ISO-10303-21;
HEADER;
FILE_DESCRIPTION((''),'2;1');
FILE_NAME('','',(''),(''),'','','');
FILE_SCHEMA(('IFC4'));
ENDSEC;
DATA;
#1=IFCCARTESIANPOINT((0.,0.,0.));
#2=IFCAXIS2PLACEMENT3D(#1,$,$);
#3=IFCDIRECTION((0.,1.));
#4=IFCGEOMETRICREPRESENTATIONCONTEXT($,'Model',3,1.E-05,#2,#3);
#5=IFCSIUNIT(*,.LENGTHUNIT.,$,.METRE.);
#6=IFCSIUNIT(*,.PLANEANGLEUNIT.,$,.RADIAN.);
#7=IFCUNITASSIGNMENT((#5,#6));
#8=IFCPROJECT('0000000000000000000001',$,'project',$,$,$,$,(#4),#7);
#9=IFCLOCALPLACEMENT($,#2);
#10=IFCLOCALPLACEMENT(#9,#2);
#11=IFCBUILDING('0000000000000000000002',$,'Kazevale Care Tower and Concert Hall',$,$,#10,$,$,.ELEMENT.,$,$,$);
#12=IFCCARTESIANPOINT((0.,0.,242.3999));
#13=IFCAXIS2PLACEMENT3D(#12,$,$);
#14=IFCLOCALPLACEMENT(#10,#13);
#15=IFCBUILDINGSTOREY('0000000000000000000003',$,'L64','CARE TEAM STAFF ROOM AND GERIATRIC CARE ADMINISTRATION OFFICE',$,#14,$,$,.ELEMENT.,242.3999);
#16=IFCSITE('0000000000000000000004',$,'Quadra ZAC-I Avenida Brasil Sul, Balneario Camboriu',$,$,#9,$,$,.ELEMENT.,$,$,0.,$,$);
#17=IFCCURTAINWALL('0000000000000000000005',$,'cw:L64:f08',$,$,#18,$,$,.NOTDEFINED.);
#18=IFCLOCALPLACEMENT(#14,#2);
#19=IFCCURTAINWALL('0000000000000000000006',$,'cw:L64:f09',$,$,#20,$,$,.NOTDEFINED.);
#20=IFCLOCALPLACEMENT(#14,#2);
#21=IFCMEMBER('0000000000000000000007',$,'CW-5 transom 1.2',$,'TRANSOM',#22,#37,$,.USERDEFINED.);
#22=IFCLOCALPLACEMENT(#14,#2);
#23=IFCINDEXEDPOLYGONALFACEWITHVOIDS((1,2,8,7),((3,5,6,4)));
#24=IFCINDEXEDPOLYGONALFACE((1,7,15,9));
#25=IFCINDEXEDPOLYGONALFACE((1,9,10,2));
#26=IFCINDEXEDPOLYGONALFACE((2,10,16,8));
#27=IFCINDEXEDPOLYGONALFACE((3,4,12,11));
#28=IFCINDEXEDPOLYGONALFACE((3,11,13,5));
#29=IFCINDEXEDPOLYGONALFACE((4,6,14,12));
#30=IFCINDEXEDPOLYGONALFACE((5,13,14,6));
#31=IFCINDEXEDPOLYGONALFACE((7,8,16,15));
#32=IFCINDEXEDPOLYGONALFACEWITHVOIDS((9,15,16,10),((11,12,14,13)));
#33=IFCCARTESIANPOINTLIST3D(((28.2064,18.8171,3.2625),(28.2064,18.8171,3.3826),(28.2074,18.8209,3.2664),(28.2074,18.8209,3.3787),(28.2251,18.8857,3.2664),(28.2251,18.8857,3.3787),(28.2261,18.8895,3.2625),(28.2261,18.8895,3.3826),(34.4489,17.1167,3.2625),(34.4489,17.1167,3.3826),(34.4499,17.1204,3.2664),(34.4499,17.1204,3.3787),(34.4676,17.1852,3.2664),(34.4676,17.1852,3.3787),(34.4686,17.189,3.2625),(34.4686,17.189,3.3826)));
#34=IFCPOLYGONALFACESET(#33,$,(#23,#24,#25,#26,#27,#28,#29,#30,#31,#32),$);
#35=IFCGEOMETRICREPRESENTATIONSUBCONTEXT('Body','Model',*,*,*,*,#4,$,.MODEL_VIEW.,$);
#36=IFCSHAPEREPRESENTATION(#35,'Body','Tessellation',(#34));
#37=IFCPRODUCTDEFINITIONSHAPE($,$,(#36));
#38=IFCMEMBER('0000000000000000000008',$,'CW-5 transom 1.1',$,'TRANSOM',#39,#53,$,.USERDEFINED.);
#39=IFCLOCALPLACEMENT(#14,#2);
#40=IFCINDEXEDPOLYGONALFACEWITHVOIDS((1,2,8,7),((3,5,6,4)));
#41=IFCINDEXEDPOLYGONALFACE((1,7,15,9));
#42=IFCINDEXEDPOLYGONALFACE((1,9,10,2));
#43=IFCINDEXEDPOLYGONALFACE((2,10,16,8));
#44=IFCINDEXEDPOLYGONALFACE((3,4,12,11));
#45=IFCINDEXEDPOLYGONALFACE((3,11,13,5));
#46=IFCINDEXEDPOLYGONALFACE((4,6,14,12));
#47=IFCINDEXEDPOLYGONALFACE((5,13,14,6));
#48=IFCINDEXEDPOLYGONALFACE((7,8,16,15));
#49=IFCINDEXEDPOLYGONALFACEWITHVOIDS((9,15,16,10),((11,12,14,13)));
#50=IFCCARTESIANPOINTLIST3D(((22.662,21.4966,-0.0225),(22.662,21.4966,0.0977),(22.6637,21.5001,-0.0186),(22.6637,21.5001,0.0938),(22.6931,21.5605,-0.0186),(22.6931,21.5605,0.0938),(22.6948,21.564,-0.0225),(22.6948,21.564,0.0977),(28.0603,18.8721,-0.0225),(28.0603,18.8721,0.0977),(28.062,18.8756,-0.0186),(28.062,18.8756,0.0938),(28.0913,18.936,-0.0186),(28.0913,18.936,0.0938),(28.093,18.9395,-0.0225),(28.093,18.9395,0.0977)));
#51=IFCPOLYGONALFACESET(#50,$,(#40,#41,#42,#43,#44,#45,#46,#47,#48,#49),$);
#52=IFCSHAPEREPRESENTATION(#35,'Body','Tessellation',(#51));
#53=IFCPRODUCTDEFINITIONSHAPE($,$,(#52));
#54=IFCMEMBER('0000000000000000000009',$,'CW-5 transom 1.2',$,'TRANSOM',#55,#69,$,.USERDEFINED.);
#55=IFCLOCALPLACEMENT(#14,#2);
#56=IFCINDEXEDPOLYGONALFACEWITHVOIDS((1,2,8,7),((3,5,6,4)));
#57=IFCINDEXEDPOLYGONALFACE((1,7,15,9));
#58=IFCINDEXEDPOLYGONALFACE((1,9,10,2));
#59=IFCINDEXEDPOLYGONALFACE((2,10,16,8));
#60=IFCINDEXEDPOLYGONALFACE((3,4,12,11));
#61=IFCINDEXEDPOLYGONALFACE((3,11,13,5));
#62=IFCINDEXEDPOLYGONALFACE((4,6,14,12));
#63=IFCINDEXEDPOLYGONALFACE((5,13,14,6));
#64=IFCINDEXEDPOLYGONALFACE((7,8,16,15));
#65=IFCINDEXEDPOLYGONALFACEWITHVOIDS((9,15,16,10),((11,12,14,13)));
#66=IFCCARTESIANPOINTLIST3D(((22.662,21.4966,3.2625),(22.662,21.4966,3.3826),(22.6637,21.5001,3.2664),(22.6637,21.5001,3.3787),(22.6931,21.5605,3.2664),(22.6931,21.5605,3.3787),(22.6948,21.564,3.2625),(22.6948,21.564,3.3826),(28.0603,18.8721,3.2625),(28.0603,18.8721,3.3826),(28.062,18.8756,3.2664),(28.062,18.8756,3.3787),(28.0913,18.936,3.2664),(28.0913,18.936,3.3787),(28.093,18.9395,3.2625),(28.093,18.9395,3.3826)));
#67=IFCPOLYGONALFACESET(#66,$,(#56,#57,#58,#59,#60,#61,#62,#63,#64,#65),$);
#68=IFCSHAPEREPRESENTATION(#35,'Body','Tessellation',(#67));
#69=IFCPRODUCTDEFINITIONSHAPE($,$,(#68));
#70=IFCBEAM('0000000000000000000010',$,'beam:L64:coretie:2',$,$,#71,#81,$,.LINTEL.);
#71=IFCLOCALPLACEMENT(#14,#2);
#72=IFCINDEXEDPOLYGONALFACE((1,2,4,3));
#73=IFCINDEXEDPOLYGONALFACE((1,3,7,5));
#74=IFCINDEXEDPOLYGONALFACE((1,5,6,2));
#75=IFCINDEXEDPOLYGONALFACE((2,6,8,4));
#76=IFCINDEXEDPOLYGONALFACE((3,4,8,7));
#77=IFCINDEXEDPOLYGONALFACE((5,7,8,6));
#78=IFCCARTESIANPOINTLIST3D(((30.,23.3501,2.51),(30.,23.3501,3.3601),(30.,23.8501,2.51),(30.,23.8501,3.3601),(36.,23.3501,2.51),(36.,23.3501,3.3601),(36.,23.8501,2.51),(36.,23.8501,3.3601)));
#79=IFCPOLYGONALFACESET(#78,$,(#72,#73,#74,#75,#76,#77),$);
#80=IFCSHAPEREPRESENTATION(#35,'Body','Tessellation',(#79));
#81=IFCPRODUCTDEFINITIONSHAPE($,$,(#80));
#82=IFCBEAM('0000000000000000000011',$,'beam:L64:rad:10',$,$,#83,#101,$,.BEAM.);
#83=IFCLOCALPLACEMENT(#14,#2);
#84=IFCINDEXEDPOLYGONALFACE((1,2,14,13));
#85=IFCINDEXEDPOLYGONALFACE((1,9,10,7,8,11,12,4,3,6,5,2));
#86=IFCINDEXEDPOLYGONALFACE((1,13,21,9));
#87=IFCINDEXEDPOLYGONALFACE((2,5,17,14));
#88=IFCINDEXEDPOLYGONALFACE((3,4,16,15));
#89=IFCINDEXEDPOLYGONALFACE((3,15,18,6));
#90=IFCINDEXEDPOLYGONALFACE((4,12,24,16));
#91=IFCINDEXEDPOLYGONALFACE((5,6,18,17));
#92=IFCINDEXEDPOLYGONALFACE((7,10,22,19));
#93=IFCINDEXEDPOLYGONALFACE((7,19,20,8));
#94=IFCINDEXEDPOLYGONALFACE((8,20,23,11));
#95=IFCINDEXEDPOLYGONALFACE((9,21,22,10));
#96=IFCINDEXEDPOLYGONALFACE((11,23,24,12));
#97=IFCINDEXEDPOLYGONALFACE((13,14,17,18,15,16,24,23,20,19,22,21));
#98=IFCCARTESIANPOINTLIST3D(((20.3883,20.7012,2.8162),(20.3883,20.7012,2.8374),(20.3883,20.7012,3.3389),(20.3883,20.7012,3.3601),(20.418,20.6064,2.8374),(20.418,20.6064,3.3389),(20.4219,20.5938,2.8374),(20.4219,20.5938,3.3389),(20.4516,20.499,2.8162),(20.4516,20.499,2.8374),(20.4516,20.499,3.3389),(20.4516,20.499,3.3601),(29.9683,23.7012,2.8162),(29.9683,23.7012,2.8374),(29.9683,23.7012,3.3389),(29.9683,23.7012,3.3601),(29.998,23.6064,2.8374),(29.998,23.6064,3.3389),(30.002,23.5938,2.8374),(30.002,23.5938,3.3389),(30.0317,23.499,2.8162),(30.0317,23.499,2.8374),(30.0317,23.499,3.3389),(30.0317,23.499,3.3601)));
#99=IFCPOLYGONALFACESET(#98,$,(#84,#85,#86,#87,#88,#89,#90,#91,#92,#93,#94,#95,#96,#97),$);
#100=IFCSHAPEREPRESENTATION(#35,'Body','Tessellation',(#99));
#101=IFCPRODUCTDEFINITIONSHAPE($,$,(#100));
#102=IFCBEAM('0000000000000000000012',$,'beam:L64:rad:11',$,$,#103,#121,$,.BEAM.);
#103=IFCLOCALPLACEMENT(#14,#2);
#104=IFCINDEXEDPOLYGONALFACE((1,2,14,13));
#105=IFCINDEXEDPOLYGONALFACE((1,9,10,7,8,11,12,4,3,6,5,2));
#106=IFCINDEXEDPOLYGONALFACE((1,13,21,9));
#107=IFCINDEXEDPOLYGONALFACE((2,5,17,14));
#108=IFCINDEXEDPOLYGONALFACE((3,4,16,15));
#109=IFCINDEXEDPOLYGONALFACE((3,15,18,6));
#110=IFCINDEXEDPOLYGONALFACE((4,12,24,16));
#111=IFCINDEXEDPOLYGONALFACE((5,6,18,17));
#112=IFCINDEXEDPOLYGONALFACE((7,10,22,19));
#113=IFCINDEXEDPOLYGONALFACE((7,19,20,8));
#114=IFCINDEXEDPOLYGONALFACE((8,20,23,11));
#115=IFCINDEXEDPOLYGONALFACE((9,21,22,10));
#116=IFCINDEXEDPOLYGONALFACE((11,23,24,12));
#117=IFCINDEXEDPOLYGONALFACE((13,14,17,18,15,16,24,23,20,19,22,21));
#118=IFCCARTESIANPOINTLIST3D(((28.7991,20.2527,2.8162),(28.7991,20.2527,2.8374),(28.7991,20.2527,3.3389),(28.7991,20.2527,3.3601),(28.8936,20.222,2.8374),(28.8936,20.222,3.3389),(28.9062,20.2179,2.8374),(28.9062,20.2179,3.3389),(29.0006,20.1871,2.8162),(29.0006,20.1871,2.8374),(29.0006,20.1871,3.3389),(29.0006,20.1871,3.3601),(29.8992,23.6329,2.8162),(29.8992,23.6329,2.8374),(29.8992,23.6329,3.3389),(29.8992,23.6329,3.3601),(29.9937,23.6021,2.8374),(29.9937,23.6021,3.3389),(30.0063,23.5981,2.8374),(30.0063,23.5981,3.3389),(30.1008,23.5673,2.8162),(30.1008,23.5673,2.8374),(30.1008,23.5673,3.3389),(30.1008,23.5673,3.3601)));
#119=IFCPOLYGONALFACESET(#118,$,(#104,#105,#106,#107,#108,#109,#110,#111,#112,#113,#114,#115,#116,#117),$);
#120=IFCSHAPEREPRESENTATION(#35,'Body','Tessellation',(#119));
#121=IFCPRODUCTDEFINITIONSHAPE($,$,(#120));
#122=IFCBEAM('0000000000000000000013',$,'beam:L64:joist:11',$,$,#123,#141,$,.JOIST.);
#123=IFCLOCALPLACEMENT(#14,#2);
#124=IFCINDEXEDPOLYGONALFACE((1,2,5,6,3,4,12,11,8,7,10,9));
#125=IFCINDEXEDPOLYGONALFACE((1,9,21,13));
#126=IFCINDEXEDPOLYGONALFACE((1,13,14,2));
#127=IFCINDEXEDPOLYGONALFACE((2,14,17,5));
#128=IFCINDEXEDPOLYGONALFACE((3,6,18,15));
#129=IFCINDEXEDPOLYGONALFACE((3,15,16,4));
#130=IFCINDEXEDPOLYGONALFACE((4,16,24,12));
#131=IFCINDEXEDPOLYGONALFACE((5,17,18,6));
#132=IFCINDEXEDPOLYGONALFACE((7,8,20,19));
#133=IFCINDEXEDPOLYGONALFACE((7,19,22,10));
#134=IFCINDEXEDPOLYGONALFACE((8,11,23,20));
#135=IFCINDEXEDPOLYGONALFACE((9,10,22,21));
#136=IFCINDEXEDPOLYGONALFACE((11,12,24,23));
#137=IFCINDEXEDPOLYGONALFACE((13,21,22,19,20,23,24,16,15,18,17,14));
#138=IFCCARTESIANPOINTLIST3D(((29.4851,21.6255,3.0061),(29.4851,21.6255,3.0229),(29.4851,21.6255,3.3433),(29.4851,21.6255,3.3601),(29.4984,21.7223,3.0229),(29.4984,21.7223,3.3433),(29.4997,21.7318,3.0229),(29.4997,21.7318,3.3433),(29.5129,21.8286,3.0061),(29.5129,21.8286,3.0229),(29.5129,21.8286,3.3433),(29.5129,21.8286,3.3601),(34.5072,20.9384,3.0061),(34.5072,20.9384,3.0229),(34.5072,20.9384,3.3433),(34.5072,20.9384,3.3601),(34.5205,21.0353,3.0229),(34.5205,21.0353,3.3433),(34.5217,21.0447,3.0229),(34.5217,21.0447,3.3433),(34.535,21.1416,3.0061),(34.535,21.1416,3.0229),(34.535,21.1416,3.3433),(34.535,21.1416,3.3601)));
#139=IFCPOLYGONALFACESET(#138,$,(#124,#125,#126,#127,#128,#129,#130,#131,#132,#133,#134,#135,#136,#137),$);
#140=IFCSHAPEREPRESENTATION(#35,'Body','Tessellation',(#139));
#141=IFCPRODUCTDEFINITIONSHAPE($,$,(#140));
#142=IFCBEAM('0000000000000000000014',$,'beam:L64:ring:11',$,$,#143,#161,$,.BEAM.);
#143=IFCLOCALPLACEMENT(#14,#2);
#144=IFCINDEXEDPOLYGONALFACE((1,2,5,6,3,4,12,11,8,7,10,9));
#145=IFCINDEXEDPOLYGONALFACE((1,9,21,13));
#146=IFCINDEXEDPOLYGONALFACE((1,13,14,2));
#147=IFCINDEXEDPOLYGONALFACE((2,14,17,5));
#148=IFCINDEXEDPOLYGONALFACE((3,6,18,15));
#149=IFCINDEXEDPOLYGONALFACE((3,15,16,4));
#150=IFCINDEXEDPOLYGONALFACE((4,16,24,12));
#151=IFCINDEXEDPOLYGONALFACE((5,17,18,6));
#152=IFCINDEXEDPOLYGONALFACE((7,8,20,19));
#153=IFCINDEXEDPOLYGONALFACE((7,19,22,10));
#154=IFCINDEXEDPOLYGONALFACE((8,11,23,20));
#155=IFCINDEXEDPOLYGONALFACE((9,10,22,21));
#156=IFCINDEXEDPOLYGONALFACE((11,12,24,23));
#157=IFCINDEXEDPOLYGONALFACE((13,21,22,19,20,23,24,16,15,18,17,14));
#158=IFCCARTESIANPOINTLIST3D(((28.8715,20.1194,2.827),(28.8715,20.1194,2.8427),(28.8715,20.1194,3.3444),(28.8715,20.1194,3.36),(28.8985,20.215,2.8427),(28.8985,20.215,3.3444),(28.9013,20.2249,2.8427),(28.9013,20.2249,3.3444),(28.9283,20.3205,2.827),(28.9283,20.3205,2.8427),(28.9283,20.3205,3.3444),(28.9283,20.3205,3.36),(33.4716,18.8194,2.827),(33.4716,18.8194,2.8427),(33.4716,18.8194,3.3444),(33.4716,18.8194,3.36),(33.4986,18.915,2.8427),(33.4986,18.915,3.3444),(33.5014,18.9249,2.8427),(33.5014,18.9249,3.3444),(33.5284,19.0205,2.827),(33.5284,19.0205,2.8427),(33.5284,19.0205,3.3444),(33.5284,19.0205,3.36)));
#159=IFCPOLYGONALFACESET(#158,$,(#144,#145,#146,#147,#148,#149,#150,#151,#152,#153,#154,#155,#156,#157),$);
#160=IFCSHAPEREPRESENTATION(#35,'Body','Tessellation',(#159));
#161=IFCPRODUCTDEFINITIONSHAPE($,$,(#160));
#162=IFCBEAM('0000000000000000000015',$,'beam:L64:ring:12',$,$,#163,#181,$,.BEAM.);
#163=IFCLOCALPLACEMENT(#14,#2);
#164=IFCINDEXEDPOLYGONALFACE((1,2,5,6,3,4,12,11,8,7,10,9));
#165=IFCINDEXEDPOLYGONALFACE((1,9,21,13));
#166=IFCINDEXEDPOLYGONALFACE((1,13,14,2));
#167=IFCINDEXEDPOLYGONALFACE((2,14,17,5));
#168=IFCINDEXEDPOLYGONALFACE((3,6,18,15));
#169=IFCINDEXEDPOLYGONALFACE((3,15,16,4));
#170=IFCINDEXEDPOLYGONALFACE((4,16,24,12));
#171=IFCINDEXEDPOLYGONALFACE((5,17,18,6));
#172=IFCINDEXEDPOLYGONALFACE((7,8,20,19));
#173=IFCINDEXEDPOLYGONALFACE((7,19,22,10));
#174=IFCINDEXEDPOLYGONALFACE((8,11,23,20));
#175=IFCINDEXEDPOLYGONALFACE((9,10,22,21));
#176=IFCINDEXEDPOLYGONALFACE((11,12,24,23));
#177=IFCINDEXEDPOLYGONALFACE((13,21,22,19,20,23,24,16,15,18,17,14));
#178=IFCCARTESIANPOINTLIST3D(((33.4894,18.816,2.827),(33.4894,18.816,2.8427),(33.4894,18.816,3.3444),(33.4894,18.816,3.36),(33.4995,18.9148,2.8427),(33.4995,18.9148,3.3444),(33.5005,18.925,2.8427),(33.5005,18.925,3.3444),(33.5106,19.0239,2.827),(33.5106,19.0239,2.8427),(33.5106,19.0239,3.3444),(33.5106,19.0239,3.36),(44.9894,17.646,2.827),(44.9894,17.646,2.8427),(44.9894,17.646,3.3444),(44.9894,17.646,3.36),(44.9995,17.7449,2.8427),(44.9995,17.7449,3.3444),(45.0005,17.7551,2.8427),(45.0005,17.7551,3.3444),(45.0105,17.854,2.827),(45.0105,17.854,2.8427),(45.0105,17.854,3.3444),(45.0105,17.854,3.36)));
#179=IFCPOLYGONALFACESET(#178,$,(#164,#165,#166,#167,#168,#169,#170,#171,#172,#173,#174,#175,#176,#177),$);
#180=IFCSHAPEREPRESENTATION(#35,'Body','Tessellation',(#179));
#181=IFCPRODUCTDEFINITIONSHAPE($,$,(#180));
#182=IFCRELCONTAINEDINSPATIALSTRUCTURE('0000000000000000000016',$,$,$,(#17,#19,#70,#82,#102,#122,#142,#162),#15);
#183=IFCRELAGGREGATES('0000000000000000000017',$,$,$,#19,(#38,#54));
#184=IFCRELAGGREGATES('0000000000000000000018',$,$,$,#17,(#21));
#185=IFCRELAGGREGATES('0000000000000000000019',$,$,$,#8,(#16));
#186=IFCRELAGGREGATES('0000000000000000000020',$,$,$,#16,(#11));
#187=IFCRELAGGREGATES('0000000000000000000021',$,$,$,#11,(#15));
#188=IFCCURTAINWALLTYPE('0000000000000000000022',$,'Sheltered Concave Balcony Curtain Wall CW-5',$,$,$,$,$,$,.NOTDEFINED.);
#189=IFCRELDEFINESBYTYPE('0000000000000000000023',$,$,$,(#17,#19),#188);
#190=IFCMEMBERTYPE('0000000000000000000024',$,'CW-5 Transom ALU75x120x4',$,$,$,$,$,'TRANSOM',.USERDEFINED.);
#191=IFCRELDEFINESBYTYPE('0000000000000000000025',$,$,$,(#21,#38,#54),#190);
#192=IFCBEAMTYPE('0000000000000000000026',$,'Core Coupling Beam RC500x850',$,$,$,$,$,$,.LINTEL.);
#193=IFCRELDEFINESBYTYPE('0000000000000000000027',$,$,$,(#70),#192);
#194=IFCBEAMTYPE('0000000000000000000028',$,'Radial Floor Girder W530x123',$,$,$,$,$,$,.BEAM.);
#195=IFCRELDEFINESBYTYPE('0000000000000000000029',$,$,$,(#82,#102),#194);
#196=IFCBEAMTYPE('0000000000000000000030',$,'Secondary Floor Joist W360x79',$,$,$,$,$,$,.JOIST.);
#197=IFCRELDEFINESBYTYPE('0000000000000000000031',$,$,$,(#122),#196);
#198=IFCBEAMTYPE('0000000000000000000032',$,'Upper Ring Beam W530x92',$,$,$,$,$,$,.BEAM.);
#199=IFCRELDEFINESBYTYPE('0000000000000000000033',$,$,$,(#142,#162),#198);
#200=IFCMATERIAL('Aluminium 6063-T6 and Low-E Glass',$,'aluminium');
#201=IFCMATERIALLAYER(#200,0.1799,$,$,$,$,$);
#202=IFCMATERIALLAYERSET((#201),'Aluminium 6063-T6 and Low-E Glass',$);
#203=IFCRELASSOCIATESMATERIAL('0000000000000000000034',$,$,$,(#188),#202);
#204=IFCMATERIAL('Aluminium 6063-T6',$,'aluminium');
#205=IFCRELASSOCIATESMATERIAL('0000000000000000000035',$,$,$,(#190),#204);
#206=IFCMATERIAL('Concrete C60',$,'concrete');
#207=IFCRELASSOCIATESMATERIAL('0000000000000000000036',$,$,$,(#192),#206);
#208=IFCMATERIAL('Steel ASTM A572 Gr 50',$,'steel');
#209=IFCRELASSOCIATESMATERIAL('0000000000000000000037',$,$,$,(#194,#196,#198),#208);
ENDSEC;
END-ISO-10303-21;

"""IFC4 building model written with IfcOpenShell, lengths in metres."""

from ifc_helpers import new_model, si_unit, direction, frame, origin, origin_2d, place, context, subcontext, project, spatial, rectangle, hollow_rectangle, i_section, extrude, material, layer, layer_set, material_profile, profile_set, type_object, element, aggregate, save


model = new_model("IFC4")

# Units and contexts
model_context = context("Model", 3, precision=1e-05, world=origin(), true_north=direction((0.0, 1.0)))
body_context = subcontext(model_context, "Body", "Model", "MODEL_VIEW")
ifc_project = project(units=[si_unit("LENGTHUNIT", "METRE"), si_unit("PLANEANGLEUNIT", "RADIAN")], contexts=[model_context])

# Site, building, storey
site_placement = place(None, origin())
site = spatial("IfcSite", under=ifc_project, at=site_placement, Name="Quadra ZAC-I Avenida Brasil Sul, Balneario Camboriu", CompositionType="ELEMENT", RefElevation=0.0)
building_placement = place(site_placement, origin())
building = spatial("IfcBuilding", under=site, at=building_placement, Name="Kazevale Care Tower and Concert Hall", CompositionType="ELEMENT")
storey_placement = place(building_placement, frame((0.0, 0.0, 242.3999)))
storey = spatial("IfcBuildingStorey", under=building, at=storey_placement, Name="L64", Description="CARE TEAM STAFF ROOM AND GERIATRIC CARE ADMINISTRATION OFFICE", CompositionType="ELEMENT", Elevation=242.3999)

# Curtain wall
ifc_material_1 = material(Name="Aluminium 6063-T6 and Low-E Glass", Category="aluminium")
ifc_layer_1 = layer(ifc_material_1, 0.1799)
ifc_layer_set_1 = layer_set([ifc_layer_1], Name="Aluminium 6063-T6 and Low-E Glass")
curtain_wall_type = type_object("IfcCurtainWallType", Name="Sheltered Concave Balcony Curtain Wall CW-5", PredefinedType="NOTDEFINED", material=ifc_layer_set_1)
curtain_wall_1_placement = place(storey_placement, origin())
curtain_wall_1 = element("IfcCurtainWall", 1, at=curtain_wall_1_placement, inside=storey, type_object=curtain_wall_type, Name="cw:L64:f08", PredefinedType="NOTDEFINED")
ifc_material_2 = material(Name="Aluminium 6063-T6", Category="aluminium")

# Curtain wall
curtain_wall_2_placement = place(storey_placement, origin())
curtain_wall_2 = element("IfcCurtainWall", 2, at=curtain_wall_2_placement, inside=storey, type_object=curtain_wall_type, Name="cw:L64:f09", PredefinedType="NOTDEFINED")

# Members
ifc_material_profile_1 = material_profile(ifc_material_2, hollow_rectangle(XDim=0.075, YDim=0.1201, WallThickness=0.0039, at=origin_2d()), Name="ALU75x120x4")
ifc_profile_set_1 = profile_set([ifc_material_profile_1], Name="Aluminium 6063-T6")
member_type_1 = type_object("IfcMemberType", Name="CW-5 Transom ALU75x120x4", ElementType="TRANSOM", PredefinedType="USERDEFINED", material=ifc_profile_set_1)
member_1_placement = place(storey_placement, frame((34.4587, 17.1528, 3.3225), z_axis=(-0.964844, 0.262824, 0.0), x_axis=(-0.262824, -0.964844, 0.0)))
member_1 = element("IfcMember", 3, at=member_1_placement, type_object=member_type_1, Name="CW-5 transom 1.2", ObjectType="TRANSOM", PredefinedType="USERDEFINED", context=body_context, shape_type="SweptSolid", body=[
    extrude(hollow_rectangle(XDim=0.075, YDim=0.1201, WallThickness=0.0039, at=origin_2d()), origin(), (0.0, 0.0, 1.0), 6.47),
])
member_2_placement = place(storey_placement, frame((28.0767, 18.9058, 0.0376), z_axis=(-0.899342, 0.437245, 0.0), x_axis=(-0.437245, -0.899342, 0.0)))
member_2 = element("IfcMember", 4, at=member_2_placement, type_object=member_type_1, Name="CW-5 transom 1.1", ObjectType="TRANSOM", PredefinedType="USERDEFINED", context=body_context, shape_type="SweptSolid", body=[
    extrude(hollow_rectangle(XDim=0.075, YDim=0.1201, WallThickness=0.0039, at=origin_2d()), origin(), (0.0, 0.0, 1.0), 6.0024),
])
member_3_placement = place(storey_placement, frame((28.0767, 18.9058, 3.3225), z_axis=(-0.899342, 0.437245, 0.0), x_axis=(-0.437245, -0.899342, 0.0)))
member_3 = element("IfcMember", 5, at=member_3_placement, type_object=member_type_1, Name="CW-5 transom 1.2", ObjectType="TRANSOM", PredefinedType="USERDEFINED", context=body_context, shape_type="SweptSolid", body=[
    extrude(hollow_rectangle(XDim=0.075, YDim=0.1201, WallThickness=0.0039, at=origin_2d()), origin(), (0.0, 0.0, 1.0), 6.0024),
])
aggregate(curtain_wall_2, [member_2, member_3])

# Beams
ifc_material_3 = material(Name="Concrete C60", Category="concrete")
ifc_material_profile_2 = material_profile(ifc_material_3, rectangle(XDim=0.5, YDim=0.8501, at=origin_2d()), Name="RC-B500x850")
ifc_profile_set_2 = profile_set([ifc_material_profile_2], Name="Concrete C60")
beam_type_1 = type_object("IfcBeamType", Name="Core Coupling Beam RC500x850", PredefinedType="LINTEL", material=ifc_profile_set_2)
beam_1_placement = place(storey_placement, frame((30.0, 23.6001, 2.9351), z_axis=(1.0, 0.0, 0.0), x_axis=(0.0, 1.0, 0.0)))
element("IfcBeam", 6, at=beam_1_placement, inside=storey, type_object=beam_type_1, Name="beam:L64:coretie:2", PredefinedType="LINTEL", context=body_context, shape_type="SweptSolid", body=[
    extrude(rectangle(XDim=0.5, YDim=0.8501, at=origin_2d()), origin(), (0.0, 0.0, 1.0), 6.0),
])
ifc_material_4 = material(Name="Steel ASTM A572 Gr 50", Category="steel")
ifc_material_profile_3 = material_profile(ifc_material_4, i_section(OverallWidth=0.2119, OverallDepth=0.5439, WebThickness=0.0132, FlangeThickness=0.0212, at=origin_2d()), Name="W530x123")
ifc_profile_set_3 = profile_set([ifc_material_profile_3], Name="Steel ASTM A572 Gr 50")
beam_type_2 = type_object("IfcBeamType", Name="Radial Floor Girder W530x123", PredefinedType="BEAM", material=ifc_profile_set_3)
beam_2_placement = place(storey_placement, frame((30.0, 23.6001, 3.0881), z_axis=(-0.954303, -0.29884, 0.0), x_axis=(0.29884, -0.954303, 0.0)))
element("IfcBeam", 7, at=beam_2_placement, inside=storey, type_object=beam_type_2, Name="beam:L64:rad:10", PredefinedType="BEAM", context=body_context, shape_type="SweptSolid", body=[
    extrude(i_section(OverallWidth=0.2119, OverallDepth=0.5439, WebThickness=0.0132, FlangeThickness=0.0212, at=origin_2d()), origin(), (0.0, 0.0, 1.0), 10.0388),
])
beam_3_placement = place(storey_placement, frame((30.0, 23.6001, 3.0881), z_axis=(-0.309482, -0.950905, 0.0), x_axis=(0.950905, -0.309482, 0.0)))
element("IfcBeam", 8, at=beam_3_placement, inside=storey, type_object=beam_type_2, Name="beam:L64:rad:11", PredefinedType="BEAM", context=body_context, shape_type="SweptSolid", body=[
    extrude(i_section(OverallWidth=0.2119, OverallDepth=0.5439, WebThickness=0.0132, FlangeThickness=0.0212, at=origin_2d()), origin(), (0.0, 0.0, 1.0), 3.5547),
])
ifc_material_profile_4 = material_profile(ifc_material_4, i_section(OverallWidth=0.2051, OverallDepth=0.354, WebThickness=0.0095, FlangeThickness=0.0168, at=origin_2d()), Name="W360x79")
ifc_profile_set_4 = profile_set([ifc_material_profile_4], Name="Steel ASTM A572 Gr 50")
beam_type_3 = type_object("IfcBeamType", Name="Secondary Floor Joist W360x79", PredefinedType="JOIST", material=ifc_profile_set_4)
beam_4_placement = place(storey_placement, frame((29.499, 21.7271, 3.1831), z_axis=(0.990772, -0.135539, 0.0), x_axis=(0.135539, 0.990772, 0.0)))
element("IfcBeam", 9, at=beam_4_placement, inside=storey, type_object=beam_type_3, Name="beam:L64:joist:11", PredefinedType="JOIST", context=body_context, shape_type="SweptSolid", body=[
    extrude(i_section(OverallWidth=0.2051, OverallDepth=0.354, WebThickness=0.0095, FlangeThickness=0.0168, at=origin_2d()), origin(), (0.0, 0.0, 1.0), 5.0688),
])
ifc_material_profile_5 = material_profile(ifc_material_4, i_section(OverallWidth=0.209, OverallDepth=0.533, WebThickness=0.0103, FlangeThickness=0.0156, at=origin_2d()), Name="W530x92")
ifc_profile_set_5 = profile_set([ifc_material_profile_5], Name="Steel ASTM A572 Gr 50")
beam_type_4 = type_object("IfcBeamType", Name="Upper Ring Beam W530x92", PredefinedType="BEAM", material=ifc_profile_set_5)
beam_5_placement = place(storey_placement, frame((28.8999, 20.22, 3.0935), z_axis=(0.962308, -0.271961, 0.0), x_axis=(0.271961, 0.962308, 0.0)))
element("IfcBeam", 10, at=beam_5_placement, inside=storey, type_object=beam_type_4, Name="beam:L64:ring:11", PredefinedType="BEAM", context=body_context, shape_type="SweptSolid", body=[
    extrude(i_section(OverallWidth=0.209, OverallDepth=0.533, WebThickness=0.0103, FlangeThickness=0.0156, at=origin_2d()), origin(), (0.0, 0.0, 1.0), 4.7803),
])
beam_6_placement = place(storey_placement, frame((33.5, 18.9199, 3.0935), z_axis=(0.994865, -0.10121, 0.0), x_axis=(0.10121, 0.994865, 0.0)))
element("IfcBeam", 11, at=beam_6_placement, inside=storey, type_object=beam_type_4, Name="beam:L64:ring:12", PredefinedType="BEAM", context=body_context, shape_type="SweptSolid", body=[
    extrude(i_section(OverallWidth=0.209, OverallDepth=0.533, WebThickness=0.0103, FlangeThickness=0.0156, at=origin_2d()), origin(), (0.0, 0.0, 1.0), 11.5593),
])

aggregate(curtain_wall_1, [member_1])

save(model, "model.ifc")
